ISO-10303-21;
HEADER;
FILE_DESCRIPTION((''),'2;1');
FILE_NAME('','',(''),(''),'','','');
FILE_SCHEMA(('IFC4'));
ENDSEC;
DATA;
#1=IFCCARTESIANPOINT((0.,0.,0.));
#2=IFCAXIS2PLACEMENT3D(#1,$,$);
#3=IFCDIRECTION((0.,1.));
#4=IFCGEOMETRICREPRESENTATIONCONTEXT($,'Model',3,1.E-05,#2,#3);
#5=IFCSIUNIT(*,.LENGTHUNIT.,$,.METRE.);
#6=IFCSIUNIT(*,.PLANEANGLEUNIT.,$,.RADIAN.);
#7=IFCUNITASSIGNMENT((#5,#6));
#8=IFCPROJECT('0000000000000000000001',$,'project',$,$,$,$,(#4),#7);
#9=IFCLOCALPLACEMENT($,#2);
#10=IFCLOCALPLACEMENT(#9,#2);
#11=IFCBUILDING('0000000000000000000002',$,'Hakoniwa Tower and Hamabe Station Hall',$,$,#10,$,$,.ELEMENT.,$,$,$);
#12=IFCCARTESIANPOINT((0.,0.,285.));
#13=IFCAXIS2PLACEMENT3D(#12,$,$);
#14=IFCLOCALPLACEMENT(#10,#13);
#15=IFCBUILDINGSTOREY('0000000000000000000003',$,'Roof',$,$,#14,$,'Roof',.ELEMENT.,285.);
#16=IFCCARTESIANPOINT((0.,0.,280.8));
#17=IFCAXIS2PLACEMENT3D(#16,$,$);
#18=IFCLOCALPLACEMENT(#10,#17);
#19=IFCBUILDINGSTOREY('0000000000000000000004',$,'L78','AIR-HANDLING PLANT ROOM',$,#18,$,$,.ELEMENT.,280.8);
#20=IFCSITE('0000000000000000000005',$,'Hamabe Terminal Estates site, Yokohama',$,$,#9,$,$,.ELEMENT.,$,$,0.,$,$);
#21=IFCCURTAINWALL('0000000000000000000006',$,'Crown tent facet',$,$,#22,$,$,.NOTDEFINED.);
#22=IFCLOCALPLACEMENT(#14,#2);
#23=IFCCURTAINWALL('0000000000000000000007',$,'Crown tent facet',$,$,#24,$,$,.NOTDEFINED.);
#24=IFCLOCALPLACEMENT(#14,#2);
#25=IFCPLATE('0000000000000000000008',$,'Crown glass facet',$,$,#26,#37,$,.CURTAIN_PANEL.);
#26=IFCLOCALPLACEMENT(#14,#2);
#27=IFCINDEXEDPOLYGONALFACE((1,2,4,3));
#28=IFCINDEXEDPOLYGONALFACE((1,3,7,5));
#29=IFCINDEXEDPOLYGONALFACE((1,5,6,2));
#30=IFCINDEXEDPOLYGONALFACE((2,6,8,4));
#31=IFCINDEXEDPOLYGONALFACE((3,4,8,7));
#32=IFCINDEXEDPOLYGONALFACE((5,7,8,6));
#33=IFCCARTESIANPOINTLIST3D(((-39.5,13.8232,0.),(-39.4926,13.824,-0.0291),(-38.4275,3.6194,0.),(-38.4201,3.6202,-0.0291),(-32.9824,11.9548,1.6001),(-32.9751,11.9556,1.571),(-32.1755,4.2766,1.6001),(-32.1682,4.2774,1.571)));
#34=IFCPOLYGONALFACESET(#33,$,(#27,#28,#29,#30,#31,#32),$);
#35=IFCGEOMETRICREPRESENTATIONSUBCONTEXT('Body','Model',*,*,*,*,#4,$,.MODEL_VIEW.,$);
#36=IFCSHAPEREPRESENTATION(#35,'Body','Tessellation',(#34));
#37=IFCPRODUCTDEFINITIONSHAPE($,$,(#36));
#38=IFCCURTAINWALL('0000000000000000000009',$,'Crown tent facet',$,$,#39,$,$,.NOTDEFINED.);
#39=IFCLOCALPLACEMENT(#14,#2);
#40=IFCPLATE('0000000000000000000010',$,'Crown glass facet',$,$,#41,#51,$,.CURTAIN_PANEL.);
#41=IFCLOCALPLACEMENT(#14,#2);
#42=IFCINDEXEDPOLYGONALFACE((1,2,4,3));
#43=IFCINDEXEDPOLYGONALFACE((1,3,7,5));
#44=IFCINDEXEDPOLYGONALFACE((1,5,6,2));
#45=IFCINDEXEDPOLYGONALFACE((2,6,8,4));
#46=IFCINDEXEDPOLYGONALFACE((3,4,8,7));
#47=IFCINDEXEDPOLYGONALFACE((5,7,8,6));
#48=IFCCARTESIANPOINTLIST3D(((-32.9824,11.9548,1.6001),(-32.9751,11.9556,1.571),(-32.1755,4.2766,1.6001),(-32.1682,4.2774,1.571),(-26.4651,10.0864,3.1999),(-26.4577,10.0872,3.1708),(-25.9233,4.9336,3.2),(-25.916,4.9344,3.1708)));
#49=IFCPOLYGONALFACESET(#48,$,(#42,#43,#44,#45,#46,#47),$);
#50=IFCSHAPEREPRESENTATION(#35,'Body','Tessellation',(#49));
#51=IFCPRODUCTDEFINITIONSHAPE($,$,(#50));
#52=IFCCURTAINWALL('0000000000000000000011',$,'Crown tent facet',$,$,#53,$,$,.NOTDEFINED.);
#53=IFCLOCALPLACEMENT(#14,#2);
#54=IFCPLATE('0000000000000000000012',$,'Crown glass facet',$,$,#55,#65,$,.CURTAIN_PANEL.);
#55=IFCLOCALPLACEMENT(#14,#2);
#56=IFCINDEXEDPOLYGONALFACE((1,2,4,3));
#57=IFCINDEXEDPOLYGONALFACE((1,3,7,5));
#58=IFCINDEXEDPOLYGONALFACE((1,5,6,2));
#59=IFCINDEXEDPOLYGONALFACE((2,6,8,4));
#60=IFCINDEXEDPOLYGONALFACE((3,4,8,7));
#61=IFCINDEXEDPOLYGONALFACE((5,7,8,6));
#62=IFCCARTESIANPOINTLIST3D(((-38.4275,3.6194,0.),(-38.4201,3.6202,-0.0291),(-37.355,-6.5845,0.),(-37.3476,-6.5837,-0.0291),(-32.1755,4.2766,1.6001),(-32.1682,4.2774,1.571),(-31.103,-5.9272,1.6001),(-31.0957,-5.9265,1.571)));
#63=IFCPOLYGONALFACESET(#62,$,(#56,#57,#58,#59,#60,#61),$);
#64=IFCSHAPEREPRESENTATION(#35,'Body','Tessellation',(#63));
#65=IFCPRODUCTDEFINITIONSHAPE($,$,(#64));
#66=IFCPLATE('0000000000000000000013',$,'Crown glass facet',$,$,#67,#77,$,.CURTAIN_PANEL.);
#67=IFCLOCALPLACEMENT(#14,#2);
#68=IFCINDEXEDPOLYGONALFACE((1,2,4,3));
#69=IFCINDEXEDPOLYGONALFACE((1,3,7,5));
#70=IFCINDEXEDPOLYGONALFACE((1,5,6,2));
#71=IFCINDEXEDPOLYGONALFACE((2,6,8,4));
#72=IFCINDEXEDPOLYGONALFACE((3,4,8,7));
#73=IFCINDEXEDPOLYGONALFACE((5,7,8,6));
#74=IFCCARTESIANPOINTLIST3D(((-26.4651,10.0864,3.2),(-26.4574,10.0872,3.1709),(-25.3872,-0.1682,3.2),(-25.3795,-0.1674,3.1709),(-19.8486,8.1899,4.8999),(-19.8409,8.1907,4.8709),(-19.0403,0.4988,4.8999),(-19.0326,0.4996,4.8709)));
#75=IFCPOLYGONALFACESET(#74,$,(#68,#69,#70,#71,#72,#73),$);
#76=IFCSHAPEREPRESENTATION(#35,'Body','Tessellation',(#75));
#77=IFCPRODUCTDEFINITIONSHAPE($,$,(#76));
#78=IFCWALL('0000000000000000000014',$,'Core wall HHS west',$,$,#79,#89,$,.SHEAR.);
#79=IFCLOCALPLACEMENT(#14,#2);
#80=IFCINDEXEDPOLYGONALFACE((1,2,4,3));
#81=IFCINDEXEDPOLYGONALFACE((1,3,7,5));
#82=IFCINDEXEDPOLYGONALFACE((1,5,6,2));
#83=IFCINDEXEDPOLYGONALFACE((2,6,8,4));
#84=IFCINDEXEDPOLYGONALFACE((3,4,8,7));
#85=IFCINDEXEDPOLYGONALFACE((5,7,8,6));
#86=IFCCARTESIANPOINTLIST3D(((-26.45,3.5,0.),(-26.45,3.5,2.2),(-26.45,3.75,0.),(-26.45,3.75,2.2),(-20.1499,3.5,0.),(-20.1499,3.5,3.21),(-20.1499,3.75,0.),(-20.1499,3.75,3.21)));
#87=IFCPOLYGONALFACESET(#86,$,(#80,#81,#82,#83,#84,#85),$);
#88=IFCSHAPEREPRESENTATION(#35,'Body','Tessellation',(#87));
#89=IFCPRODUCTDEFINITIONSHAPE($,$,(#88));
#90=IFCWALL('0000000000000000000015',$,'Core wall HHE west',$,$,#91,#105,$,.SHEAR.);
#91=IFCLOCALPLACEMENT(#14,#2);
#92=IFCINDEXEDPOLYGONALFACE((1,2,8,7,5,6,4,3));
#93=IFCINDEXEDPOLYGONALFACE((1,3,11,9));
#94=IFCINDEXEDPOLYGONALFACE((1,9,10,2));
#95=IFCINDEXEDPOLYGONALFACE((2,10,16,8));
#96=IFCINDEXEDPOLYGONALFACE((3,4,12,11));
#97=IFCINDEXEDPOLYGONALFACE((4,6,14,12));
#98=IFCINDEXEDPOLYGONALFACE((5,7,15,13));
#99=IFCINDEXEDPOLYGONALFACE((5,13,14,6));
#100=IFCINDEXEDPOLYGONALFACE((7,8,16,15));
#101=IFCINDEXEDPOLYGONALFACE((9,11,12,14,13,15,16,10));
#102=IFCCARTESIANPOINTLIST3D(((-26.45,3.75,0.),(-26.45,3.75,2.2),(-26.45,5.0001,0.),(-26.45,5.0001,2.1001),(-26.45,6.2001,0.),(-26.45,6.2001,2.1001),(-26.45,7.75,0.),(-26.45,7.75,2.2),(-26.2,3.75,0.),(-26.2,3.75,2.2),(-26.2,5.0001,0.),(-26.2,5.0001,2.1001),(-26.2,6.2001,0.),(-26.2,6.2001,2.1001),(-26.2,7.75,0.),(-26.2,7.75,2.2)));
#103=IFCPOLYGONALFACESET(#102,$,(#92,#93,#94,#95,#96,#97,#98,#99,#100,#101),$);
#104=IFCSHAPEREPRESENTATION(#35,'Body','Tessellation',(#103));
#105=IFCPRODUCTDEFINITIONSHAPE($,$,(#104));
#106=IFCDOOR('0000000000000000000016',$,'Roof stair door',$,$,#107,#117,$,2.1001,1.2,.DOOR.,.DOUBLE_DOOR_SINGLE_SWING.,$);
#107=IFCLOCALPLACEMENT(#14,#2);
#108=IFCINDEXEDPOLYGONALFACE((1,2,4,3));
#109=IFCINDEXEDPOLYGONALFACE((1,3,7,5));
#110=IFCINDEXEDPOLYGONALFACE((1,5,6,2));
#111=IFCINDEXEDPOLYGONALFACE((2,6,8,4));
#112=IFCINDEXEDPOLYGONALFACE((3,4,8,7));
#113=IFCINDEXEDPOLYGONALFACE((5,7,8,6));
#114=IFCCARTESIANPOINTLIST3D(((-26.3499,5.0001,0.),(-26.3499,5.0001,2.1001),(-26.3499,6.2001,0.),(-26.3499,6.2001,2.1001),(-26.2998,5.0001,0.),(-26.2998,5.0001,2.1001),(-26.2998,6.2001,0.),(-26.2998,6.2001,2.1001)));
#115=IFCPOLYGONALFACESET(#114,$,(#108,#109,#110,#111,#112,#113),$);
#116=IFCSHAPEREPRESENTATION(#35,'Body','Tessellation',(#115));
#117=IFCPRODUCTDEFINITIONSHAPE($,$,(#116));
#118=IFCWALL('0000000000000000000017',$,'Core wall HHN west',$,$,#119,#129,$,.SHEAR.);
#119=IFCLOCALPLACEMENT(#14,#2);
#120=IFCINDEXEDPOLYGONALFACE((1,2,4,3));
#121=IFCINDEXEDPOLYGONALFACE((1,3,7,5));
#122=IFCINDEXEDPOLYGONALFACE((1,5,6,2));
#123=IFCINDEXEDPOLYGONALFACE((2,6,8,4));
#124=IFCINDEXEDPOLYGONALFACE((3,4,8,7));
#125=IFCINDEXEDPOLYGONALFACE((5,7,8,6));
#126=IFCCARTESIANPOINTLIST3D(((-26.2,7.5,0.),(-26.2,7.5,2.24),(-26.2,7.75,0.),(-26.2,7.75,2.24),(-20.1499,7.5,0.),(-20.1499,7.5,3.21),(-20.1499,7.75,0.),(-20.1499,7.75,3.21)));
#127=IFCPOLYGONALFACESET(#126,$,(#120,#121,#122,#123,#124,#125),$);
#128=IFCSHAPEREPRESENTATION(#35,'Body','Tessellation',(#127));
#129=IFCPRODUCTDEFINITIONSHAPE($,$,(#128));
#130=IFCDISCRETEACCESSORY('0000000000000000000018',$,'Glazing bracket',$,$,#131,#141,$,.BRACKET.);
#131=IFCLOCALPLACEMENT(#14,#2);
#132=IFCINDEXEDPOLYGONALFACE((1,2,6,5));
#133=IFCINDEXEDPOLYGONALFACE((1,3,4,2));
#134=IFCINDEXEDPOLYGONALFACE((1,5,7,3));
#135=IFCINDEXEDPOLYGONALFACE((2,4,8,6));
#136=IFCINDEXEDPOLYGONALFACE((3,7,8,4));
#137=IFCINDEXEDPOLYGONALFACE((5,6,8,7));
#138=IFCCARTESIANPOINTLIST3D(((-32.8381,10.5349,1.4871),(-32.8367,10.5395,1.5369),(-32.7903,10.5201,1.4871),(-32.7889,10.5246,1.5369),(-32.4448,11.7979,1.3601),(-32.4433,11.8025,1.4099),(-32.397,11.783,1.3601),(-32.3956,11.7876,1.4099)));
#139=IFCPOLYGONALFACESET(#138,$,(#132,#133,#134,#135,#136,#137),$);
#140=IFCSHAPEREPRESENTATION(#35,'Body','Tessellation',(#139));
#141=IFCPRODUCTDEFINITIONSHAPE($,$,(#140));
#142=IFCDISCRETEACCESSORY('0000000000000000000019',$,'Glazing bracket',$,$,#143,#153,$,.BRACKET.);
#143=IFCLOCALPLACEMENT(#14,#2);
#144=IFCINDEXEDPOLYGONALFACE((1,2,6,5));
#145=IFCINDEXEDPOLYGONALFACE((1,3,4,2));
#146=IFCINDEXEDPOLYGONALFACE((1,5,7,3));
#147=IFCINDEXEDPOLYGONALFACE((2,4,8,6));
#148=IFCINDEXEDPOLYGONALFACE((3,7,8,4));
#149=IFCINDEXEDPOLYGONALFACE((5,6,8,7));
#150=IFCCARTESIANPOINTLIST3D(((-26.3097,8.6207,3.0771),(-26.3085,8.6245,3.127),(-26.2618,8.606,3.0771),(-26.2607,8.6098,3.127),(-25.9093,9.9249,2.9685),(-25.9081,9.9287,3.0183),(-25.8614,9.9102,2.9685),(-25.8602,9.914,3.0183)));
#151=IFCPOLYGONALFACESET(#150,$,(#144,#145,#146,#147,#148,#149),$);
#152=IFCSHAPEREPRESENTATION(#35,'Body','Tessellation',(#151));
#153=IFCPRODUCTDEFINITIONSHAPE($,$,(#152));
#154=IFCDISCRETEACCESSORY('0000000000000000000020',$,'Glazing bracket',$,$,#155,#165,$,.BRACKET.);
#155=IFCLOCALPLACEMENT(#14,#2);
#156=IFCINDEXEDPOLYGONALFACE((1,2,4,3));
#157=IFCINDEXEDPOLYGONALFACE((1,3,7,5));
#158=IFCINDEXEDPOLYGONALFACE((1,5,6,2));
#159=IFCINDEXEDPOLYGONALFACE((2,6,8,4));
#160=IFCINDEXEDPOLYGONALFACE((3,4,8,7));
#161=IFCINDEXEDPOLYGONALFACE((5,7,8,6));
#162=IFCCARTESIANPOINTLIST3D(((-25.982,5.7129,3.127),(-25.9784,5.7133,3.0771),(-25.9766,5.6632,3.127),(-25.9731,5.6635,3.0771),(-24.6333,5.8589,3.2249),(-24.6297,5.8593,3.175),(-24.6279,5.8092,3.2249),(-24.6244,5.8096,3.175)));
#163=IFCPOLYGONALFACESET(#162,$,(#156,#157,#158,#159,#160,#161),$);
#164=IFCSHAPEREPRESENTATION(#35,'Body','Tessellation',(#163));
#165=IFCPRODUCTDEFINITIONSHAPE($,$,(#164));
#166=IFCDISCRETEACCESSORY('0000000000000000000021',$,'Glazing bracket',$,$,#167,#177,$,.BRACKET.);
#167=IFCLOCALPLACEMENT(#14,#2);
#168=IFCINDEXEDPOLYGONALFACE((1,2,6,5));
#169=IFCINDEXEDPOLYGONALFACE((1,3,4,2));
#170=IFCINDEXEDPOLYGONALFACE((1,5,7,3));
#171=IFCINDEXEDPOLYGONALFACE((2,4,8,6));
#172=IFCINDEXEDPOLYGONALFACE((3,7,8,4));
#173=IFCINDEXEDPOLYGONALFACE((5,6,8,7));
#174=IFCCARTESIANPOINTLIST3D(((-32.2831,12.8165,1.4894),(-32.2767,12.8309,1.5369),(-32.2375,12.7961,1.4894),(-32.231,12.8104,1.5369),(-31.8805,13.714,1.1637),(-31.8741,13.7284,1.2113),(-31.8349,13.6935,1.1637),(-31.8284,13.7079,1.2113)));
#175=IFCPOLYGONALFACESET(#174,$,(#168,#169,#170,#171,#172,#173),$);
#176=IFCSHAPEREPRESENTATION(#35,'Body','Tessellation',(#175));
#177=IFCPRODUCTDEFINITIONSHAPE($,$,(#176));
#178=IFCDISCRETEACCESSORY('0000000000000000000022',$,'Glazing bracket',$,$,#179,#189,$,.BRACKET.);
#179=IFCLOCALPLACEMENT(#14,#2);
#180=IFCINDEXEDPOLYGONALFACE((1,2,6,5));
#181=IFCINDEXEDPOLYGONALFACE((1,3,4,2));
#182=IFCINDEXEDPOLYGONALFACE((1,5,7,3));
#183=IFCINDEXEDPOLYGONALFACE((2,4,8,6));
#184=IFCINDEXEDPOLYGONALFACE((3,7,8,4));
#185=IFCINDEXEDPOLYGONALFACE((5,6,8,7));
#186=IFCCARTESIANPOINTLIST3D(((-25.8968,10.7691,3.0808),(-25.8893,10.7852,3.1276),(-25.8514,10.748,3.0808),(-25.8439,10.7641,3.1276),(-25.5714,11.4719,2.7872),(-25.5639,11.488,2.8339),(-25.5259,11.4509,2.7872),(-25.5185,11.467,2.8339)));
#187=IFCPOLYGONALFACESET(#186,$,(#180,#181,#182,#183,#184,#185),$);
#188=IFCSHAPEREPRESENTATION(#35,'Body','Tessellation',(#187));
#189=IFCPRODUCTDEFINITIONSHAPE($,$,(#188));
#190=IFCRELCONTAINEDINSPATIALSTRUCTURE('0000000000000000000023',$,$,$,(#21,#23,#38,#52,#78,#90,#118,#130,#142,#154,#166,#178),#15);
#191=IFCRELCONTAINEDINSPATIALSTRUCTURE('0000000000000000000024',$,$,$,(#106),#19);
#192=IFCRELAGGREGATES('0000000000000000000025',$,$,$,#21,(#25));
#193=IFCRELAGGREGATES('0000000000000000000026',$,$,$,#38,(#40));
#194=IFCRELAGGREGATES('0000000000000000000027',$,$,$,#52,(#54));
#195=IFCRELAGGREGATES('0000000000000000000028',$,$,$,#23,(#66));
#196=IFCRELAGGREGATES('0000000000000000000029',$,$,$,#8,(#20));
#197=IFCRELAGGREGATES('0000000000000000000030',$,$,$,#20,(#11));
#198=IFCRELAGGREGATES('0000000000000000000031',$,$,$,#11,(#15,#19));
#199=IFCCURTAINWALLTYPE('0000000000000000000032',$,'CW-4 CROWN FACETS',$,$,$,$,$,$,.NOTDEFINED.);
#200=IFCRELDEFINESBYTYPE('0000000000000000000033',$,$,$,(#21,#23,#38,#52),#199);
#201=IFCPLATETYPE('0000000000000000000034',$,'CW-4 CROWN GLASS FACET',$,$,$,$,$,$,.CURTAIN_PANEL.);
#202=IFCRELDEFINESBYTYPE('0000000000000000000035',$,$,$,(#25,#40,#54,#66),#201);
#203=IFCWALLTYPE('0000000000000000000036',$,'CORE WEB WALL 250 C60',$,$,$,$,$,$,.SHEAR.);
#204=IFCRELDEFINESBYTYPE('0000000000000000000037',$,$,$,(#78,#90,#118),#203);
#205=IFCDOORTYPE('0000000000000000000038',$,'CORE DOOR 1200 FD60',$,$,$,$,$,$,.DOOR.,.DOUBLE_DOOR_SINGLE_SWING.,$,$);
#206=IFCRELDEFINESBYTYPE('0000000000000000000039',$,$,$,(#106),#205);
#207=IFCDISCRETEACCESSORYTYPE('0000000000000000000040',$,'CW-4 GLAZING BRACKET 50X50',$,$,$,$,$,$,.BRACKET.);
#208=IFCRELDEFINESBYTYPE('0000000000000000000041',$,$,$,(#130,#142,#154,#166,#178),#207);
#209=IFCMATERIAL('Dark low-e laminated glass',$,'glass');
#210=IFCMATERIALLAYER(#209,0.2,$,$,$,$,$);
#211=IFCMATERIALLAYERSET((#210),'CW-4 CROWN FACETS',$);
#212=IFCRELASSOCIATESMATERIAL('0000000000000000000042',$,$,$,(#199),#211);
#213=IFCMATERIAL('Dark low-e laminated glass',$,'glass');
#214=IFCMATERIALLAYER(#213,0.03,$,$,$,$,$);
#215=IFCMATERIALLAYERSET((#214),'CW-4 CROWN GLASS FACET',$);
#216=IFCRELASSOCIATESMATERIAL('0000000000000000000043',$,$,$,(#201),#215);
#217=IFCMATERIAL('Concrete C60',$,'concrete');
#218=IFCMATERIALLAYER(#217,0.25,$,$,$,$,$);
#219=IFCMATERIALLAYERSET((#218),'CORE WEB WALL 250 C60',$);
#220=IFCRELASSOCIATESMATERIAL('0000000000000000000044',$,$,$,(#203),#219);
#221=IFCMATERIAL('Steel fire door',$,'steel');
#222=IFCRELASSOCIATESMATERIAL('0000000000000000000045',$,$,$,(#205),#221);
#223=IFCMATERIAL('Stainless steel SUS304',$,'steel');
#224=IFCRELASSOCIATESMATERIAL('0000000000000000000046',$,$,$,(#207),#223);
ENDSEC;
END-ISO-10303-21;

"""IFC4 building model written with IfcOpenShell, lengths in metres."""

from ifc_helpers import new_model, si_unit, direction, frame, frame_2d, origin, origin_2d, place, context, subcontext, project, spatial, polyline, rectangle, outline, extrude, material, layer, layer_set, material_profile, profile_set, type_object, element, fill, aggregate, save


model = new_model("IFC4")

# Units and contexts
model_context = context("Model", 3, precision=1e-05, world=origin(), true_north=direction((0.0, 1.0)))
body_context = subcontext(model_context, "Body", "Model", "MODEL_VIEW")
ifc_project = project(units=[si_unit("LENGTHUNIT", "METRE"), si_unit("PLANEANGLEUNIT", "RADIAN")], contexts=[model_context])

# Site, building, storey
site_placement = place(None, origin())
site = spatial("IfcSite", under=ifc_project, at=site_placement, Name="Hamabe Terminal Estates site, Yokohama", CompositionType="ELEMENT", RefElevation=0.0)
building_placement = place(site_placement, origin())
building = spatial("IfcBuilding", under=site, at=building_placement, Name="Hakoniwa Tower and Hamabe Station Hall", CompositionType="ELEMENT")
storey_1_placement = place(building_placement, frame((0.0, 0.0, 285.0)))
storey_1 = spatial("IfcBuildingStorey", under=building, at=storey_1_placement, Name="Roof", LongName="Roof", CompositionType="ELEMENT", Elevation=285.0)

# Curtain walls
ifc_material_1 = material(Name="Dark low-e laminated glass", Category="glass")
ifc_layer_1 = layer(ifc_material_1, 0.2)
ifc_layer_set_1 = layer_set([ifc_layer_1], Name="CW-4 CROWN FACETS")
curtain_wall_type = type_object("IfcCurtainWallType", Name="CW-4 CROWN FACETS", PredefinedType="NOTDEFINED", material=ifc_layer_set_1)
curtain_wall_1_placement = place(storey_1_placement, origin())
curtain_wall_1 = element("IfcCurtainWall", 1, at=curtain_wall_1_placement, inside=storey_1, type_object=curtain_wall_type, Name="Crown tent facet", PredefinedType="NOTDEFINED")
curtain_wall_2_placement = place(storey_1_placement, origin())
curtain_wall_2 = element("IfcCurtainWall", 2, at=curtain_wall_2_placement, inside=storey_1, type_object=curtain_wall_type, Name="Crown tent facet", PredefinedType="NOTDEFINED")

# Plate
ifc_material_2 = material(Name="Dark low-e laminated glass", Category="glass")
ifc_layer_2 = layer(ifc_material_2, 0.03)
ifc_layer_set_2 = layer_set([ifc_layer_2], Name="CW-4 CROWN GLASS FACET")
plate_type = type_object("IfcPlateType", Name="CW-4 CROWN GLASS FACET", PredefinedType="CURTAIN_PANEL", material=ifc_layer_set_2)
plate_1_placement = place(storey_1_placement, frame((-39.5, 13.8232, 0.0), z_axis=(-0.245314, -0.025782, 0.969101), x_axis=(0.935579, -0.268205, 0.229693)))
plate_1 = element("IfcPlate", 3, at=plate_1_placement, type_object=plate_type, Name="Crown glass facet", PredefinedType="CURTAIN_PANEL", context=body_context, shape_type="SweptSolid", body=[
    extrude(outline(polyline([(0.0, 0.0), (6.9664, 0.0), (9.7806, -7.1893), (3.7401, -9.5541), (0.0, 0.0)])), origin(), (0.0, 0.0, -1.0), 0.03),
])
aggregate(curtain_wall_1, [plate_1])

# Curtain walls, plates
curtain_wall_3_placement = place(storey_1_placement, origin())
curtain_wall_3 = element("IfcCurtainWall", 4, at=curtain_wall_3_placement, inside=storey_1, type_object=curtain_wall_type, Name="Crown tent facet", PredefinedType="NOTDEFINED")
plate_2_placement = place(storey_1_placement, frame((-25.9233, 4.9336, 3.2), z_axis=(-0.245279, -0.025781, 0.96911), x_axis=(-0.963803, -0.101277, -0.24663)))
plate_2 = element("IfcPlate", 5, at=plate_2_placement, type_object=plate_type, Name="Crown glass facet", PredefinedType="CURTAIN_PANEL", context=body_context, shape_type="SweptSolid", body=[
    extrude(outline(polyline([(0.0, 0.0), (6.487, 0.0), (6.4871, -7.7205), (0.0003, -5.1812), (0.0, 0.0)])), origin(), (0.0, 0.0, -1.0), 0.03),
])
aggregate(curtain_wall_3, [plate_2])
curtain_wall_4_placement = place(storey_1_placement, origin())
curtain_wall_4 = element("IfcCurtainWall", 6, at=curtain_wall_4_placement, inside=storey_1, type_object=curtain_wall_type, Name="Crown tent facet", PredefinedType="NOTDEFINED")
plate_3_placement = place(storey_1_placement, frame((-38.4275, 3.6194, 0.0), z_axis=(-0.245317, -0.025785, 0.9691), x_axis=(0.963789, 0.101317, 0.246668)))
plate_3 = element("IfcPlate", 7, at=plate_3_placement, type_object=plate_type, Name="Crown glass facet", PredefinedType="CURTAIN_PANEL", context=body_context, shape_type="SweptSolid", body=[
    extrude(outline(polyline([(0.0, 0.0), (6.4868, 0.0), (6.4867, -10.2601), (-0.0001, -10.2601), (0.0, 0.0)])), origin(), (0.0, 0.0, -1.0), 0.03),
])
aggregate(curtain_wall_4, [plate_3])

# Plate
plate_4_placement = place(storey_1_placement, frame((-26.4651, 10.0864, 3.2), z_axis=(-0.255985, -0.026906, 0.966306), x_axis=(0.933247, -0.267498, 0.239779)))
plate_4 = element("IfcPlate", 8, at=plate_4_placement, type_object=plate_type, Name="Crown glass facet", PredefinedType="CURTAIN_PANEL", context=body_context, shape_type="SweptSolid", body=[
    extrude(outline(polyline([(0.0, 0.0), (7.0897, 0.0), (9.9015, -7.2043), (3.749, -9.6054), (0.0, 0.0)])), origin(), (0.0, 0.0, -1.0), 0.03),
])
aggregate(curtain_wall_2, [plate_4])

# Wall
ifc_material_3 = material(Name="Concrete C60", Category="concrete")
ifc_layer_3 = layer(ifc_material_3, 0.25)
ifc_layer_set_3 = layer_set([ifc_layer_3], Name="CORE WEB WALL 250 C60")
wall_type = type_object("IfcWallType", Name="CORE WEB WALL 250 C60", PredefinedType="SHEAR", material=ifc_layer_set_3)
wall_1_placement = place(storey_1_placement, frame((-26.45, 3.625, 0.0), z_axis=(0.0, 0.0, 1.0), x_axis=(1.0, 0.0, 0.0)))
element("IfcWall", 9, at=wall_1_placement, inside=storey_1, type_object=wall_type, Name="Core wall HHS west", PredefinedType="SHEAR", context=body_context, shape_type="SweptSolid", body=[
    extrude(outline(polyline([(0.0, 0.0), (6.3, 0.0), (6.3, 3.21), (0.0, 2.2), (0.0, 0.0)])), frame((0.0, 0.125, 0.0), z_axis=(0.0, -1.0, 0.0), x_axis=(1.0, 0.0, 0.0)), (0.0, 0.0, 1.0), 0.25),
])

# Wall, opening
wall_2_placement = place(storey_1_placement, frame((-26.325, 3.75, 0.0), z_axis=(0.0, 0.0, 1.0), x_axis=(0.0, 1.0, 0.0)))
wall_2 = element("IfcWall", 10, at=wall_2_placement, inside=storey_1, type_object=wall_type, Name="Core wall HHE west", PredefinedType="SHEAR", context=body_context, shape_type="SweptSolid", body=[
    extrude(rectangle(XDim=4.0, YDim=0.25, at=frame_2d((2.0, 0.0))), origin(), (0.0, 0.0, 1.0), 2.2),
])
opening_placement = place(wall_2_placement, frame((1.25, 0.0, 0.0)))
opening = element("IfcOpeningElement", 11, at=opening_placement, cuts=wall_2, PredefinedType="OPENING", context=body_context, shape_type="SweptSolid", body=[
    extrude(rectangle(XDim=1.2, YDim=2.1001, at=frame_2d((0.6001, 1.05))), frame((0.0, 0.135, 0.0), z_axis=(0.0, -1.0, 0.0), x_axis=(1.0, 0.0, 0.0)), (0.0, 0.0, 1.0), 0.27),
])

# Shared definitions
storey_2_placement = place(building_placement, frame((0.0, 0.0, 280.8)))
storey_2 = spatial("IfcBuildingStorey", under=building, at=storey_2_placement, Name="L78", Description="AIR-HANDLING PLANT ROOM", CompositionType="ELEMENT", Elevation=280.8)

# Door
ifc_material_4 = material(Name="Steel fire door", Category="steel")
door_type = type_object("IfcDoorType", Name="CORE DOOR 1200 FD60", OperationType="DOUBLE_DOOR_SINGLE_SWING", PredefinedType="DOOR", material=ifc_material_4)
door_placement = place(opening_placement, origin())
door = element("IfcDoor", 12, at=door_placement, inside=storey_2, type_object=door_type, Name="Roof stair door", OperationType="DOUBLE_DOOR_SINGLE_SWING", OverallHeight=2.1001, OverallWidth=1.2, PredefinedType="DOOR", context=body_context, shape_type="SweptSolid", body=[
    extrude(rectangle(XDim=1.2, YDim=2.1001, at=frame_2d((0.6001, 1.05))), frame((0.0, 0.0249, 0.0), z_axis=(0.0, -1.0, 0.0), x_axis=(1.0, 0.0, 0.0)), (0.0, 0.0, 1.0), 0.05),
])
fill(opening, door)

# Wall
wall_3_placement = place(storey_1_placement, frame((-26.2, 7.625, 0.0), z_axis=(0.0, 0.0, 1.0), x_axis=(1.0, 0.0, 0.0)))
element("IfcWall", 13, at=wall_3_placement, inside=storey_1, type_object=wall_type, Name="Core wall HHN west", PredefinedType="SHEAR", context=body_context, shape_type="SweptSolid", body=[
    extrude(outline(polyline([(0.0, 0.0), (6.05, 0.0), (6.05, 3.21), (0.0, 2.24), (0.0, 0.0)])), frame((0.0, 0.125, 0.0), z_axis=(0.0, -1.0, 0.0), x_axis=(1.0, 0.0, 0.0)), (0.0, 0.0, 1.0), 0.25),
])

# Discrete accessories
ifc_material_5 = material(Name="Stainless steel SUS304", Category="steel")
ifc_material_profile_1 = material_profile(ifc_material_5, rectangle(XDim=0.05, YDim=0.05, at=origin_2d()), Name="CW-4 GLAZING BRACKET 50X50")
ifc_profile_set_1 = profile_set([ifc_material_profile_1], Name="Stainless steel SUS304")
discrete_accessory_type = type_object("IfcDiscreteAccessoryType", Name="CW-4 GLAZING BRACKET 50X50", PredefinedType="BRACKET", material=ifc_profile_set_1)
discrete_accessory_1_placement = place(storey_1_placement, frame((-32.8135, 10.5298, 1.512), z_axis=(0.295979, 0.950405, -0.095537), x_axis=(-0.954772, 0.29734, 0.0)))
element("IfcDiscreteAccessory", 14, at=discrete_accessory_1_placement, inside=storey_1, type_object=discrete_accessory_type, Name="Glazing bracket", PredefinedType="BRACKET", context=body_context, shape_type="SweptSolid", body=[
    extrude(rectangle(XDim=0.05, YDim=0.05, at=origin_2d()), origin(), (0.0, 0.0, 1.0), 1.3289),
])
discrete_accessory_2_placement = place(storey_1_placement, frame((-26.2852, 8.6152, 3.1021), z_axis=(0.292556, 0.952948, -0.079383), x_axis=(-0.955965, 0.293482, 0.0)))
element("IfcDiscreteAccessory", 15, at=discrete_accessory_2_placement, inside=storey_1, type_object=discrete_accessory_type, Name="Glazing bracket", PredefinedType="BRACKET", context=body_context, shape_type="SweptSolid", body=[
    extrude(rectangle(XDim=0.05, YDim=0.05, at=origin_2d()), origin(), (0.0, 0.0, 1.0), 1.3687),
])
discrete_accessory_3_placement = place(storey_1_placement, frame((-25.9775, 5.6882, 3.1021), z_axis=(0.991612, 0.107347, 0.071983), x_axis=(-0.107626, 0.994191, 0.0)))
element("IfcDiscreteAccessory", 16, at=discrete_accessory_3_placement, inside=storey_1, type_object=discrete_accessory_type, Name="Glazing bracket", PredefinedType="BRACKET", context=body_context, shape_type="SweptSolid", body=[
    extrude(rectangle(XDim=0.05, YDim=0.05, at=origin_2d()), origin(), (0.0, 0.0, 1.0), 1.3601),
])
discrete_accessory_4_placement = place(storey_1_placement, frame((-32.2571, 12.8135, 1.5132), z_axis=(0.388546, 0.866159, -0.314324), x_axis=(-0.912404, 0.409291, 0.0)))
element("IfcDiscreteAccessory", 17, at=discrete_accessory_4_placement, inside=storey_1, type_object=discrete_accessory_type, Name="Glazing bracket", PredefinedType="BRACKET", context=body_context, shape_type="SweptSolid", body=[
    extrude(rectangle(XDim=0.05, YDim=0.05, at=origin_2d()), origin(), (0.0, 0.0, 1.0), 1.0361),
])
discrete_accessory_5_placement = place(storey_1_placement, frame((-25.8704, 10.7666, 3.1042), z_axis=(0.392863, 0.848501, -0.354549), x_axis=(-0.907451, 0.420157, 0.0)))
element("IfcDiscreteAccessory", 18, at=discrete_accessory_5_placement, inside=storey_1, type_object=discrete_accessory_type, Name="Glazing bracket", PredefinedType="BRACKET", context=body_context, shape_type="SweptSolid", body=[
    extrude(rectangle(XDim=0.05, YDim=0.05, at=origin_2d()), origin(), (0.0, 0.0, 1.0), 0.8284),
])

save(model, "model.ifc")
